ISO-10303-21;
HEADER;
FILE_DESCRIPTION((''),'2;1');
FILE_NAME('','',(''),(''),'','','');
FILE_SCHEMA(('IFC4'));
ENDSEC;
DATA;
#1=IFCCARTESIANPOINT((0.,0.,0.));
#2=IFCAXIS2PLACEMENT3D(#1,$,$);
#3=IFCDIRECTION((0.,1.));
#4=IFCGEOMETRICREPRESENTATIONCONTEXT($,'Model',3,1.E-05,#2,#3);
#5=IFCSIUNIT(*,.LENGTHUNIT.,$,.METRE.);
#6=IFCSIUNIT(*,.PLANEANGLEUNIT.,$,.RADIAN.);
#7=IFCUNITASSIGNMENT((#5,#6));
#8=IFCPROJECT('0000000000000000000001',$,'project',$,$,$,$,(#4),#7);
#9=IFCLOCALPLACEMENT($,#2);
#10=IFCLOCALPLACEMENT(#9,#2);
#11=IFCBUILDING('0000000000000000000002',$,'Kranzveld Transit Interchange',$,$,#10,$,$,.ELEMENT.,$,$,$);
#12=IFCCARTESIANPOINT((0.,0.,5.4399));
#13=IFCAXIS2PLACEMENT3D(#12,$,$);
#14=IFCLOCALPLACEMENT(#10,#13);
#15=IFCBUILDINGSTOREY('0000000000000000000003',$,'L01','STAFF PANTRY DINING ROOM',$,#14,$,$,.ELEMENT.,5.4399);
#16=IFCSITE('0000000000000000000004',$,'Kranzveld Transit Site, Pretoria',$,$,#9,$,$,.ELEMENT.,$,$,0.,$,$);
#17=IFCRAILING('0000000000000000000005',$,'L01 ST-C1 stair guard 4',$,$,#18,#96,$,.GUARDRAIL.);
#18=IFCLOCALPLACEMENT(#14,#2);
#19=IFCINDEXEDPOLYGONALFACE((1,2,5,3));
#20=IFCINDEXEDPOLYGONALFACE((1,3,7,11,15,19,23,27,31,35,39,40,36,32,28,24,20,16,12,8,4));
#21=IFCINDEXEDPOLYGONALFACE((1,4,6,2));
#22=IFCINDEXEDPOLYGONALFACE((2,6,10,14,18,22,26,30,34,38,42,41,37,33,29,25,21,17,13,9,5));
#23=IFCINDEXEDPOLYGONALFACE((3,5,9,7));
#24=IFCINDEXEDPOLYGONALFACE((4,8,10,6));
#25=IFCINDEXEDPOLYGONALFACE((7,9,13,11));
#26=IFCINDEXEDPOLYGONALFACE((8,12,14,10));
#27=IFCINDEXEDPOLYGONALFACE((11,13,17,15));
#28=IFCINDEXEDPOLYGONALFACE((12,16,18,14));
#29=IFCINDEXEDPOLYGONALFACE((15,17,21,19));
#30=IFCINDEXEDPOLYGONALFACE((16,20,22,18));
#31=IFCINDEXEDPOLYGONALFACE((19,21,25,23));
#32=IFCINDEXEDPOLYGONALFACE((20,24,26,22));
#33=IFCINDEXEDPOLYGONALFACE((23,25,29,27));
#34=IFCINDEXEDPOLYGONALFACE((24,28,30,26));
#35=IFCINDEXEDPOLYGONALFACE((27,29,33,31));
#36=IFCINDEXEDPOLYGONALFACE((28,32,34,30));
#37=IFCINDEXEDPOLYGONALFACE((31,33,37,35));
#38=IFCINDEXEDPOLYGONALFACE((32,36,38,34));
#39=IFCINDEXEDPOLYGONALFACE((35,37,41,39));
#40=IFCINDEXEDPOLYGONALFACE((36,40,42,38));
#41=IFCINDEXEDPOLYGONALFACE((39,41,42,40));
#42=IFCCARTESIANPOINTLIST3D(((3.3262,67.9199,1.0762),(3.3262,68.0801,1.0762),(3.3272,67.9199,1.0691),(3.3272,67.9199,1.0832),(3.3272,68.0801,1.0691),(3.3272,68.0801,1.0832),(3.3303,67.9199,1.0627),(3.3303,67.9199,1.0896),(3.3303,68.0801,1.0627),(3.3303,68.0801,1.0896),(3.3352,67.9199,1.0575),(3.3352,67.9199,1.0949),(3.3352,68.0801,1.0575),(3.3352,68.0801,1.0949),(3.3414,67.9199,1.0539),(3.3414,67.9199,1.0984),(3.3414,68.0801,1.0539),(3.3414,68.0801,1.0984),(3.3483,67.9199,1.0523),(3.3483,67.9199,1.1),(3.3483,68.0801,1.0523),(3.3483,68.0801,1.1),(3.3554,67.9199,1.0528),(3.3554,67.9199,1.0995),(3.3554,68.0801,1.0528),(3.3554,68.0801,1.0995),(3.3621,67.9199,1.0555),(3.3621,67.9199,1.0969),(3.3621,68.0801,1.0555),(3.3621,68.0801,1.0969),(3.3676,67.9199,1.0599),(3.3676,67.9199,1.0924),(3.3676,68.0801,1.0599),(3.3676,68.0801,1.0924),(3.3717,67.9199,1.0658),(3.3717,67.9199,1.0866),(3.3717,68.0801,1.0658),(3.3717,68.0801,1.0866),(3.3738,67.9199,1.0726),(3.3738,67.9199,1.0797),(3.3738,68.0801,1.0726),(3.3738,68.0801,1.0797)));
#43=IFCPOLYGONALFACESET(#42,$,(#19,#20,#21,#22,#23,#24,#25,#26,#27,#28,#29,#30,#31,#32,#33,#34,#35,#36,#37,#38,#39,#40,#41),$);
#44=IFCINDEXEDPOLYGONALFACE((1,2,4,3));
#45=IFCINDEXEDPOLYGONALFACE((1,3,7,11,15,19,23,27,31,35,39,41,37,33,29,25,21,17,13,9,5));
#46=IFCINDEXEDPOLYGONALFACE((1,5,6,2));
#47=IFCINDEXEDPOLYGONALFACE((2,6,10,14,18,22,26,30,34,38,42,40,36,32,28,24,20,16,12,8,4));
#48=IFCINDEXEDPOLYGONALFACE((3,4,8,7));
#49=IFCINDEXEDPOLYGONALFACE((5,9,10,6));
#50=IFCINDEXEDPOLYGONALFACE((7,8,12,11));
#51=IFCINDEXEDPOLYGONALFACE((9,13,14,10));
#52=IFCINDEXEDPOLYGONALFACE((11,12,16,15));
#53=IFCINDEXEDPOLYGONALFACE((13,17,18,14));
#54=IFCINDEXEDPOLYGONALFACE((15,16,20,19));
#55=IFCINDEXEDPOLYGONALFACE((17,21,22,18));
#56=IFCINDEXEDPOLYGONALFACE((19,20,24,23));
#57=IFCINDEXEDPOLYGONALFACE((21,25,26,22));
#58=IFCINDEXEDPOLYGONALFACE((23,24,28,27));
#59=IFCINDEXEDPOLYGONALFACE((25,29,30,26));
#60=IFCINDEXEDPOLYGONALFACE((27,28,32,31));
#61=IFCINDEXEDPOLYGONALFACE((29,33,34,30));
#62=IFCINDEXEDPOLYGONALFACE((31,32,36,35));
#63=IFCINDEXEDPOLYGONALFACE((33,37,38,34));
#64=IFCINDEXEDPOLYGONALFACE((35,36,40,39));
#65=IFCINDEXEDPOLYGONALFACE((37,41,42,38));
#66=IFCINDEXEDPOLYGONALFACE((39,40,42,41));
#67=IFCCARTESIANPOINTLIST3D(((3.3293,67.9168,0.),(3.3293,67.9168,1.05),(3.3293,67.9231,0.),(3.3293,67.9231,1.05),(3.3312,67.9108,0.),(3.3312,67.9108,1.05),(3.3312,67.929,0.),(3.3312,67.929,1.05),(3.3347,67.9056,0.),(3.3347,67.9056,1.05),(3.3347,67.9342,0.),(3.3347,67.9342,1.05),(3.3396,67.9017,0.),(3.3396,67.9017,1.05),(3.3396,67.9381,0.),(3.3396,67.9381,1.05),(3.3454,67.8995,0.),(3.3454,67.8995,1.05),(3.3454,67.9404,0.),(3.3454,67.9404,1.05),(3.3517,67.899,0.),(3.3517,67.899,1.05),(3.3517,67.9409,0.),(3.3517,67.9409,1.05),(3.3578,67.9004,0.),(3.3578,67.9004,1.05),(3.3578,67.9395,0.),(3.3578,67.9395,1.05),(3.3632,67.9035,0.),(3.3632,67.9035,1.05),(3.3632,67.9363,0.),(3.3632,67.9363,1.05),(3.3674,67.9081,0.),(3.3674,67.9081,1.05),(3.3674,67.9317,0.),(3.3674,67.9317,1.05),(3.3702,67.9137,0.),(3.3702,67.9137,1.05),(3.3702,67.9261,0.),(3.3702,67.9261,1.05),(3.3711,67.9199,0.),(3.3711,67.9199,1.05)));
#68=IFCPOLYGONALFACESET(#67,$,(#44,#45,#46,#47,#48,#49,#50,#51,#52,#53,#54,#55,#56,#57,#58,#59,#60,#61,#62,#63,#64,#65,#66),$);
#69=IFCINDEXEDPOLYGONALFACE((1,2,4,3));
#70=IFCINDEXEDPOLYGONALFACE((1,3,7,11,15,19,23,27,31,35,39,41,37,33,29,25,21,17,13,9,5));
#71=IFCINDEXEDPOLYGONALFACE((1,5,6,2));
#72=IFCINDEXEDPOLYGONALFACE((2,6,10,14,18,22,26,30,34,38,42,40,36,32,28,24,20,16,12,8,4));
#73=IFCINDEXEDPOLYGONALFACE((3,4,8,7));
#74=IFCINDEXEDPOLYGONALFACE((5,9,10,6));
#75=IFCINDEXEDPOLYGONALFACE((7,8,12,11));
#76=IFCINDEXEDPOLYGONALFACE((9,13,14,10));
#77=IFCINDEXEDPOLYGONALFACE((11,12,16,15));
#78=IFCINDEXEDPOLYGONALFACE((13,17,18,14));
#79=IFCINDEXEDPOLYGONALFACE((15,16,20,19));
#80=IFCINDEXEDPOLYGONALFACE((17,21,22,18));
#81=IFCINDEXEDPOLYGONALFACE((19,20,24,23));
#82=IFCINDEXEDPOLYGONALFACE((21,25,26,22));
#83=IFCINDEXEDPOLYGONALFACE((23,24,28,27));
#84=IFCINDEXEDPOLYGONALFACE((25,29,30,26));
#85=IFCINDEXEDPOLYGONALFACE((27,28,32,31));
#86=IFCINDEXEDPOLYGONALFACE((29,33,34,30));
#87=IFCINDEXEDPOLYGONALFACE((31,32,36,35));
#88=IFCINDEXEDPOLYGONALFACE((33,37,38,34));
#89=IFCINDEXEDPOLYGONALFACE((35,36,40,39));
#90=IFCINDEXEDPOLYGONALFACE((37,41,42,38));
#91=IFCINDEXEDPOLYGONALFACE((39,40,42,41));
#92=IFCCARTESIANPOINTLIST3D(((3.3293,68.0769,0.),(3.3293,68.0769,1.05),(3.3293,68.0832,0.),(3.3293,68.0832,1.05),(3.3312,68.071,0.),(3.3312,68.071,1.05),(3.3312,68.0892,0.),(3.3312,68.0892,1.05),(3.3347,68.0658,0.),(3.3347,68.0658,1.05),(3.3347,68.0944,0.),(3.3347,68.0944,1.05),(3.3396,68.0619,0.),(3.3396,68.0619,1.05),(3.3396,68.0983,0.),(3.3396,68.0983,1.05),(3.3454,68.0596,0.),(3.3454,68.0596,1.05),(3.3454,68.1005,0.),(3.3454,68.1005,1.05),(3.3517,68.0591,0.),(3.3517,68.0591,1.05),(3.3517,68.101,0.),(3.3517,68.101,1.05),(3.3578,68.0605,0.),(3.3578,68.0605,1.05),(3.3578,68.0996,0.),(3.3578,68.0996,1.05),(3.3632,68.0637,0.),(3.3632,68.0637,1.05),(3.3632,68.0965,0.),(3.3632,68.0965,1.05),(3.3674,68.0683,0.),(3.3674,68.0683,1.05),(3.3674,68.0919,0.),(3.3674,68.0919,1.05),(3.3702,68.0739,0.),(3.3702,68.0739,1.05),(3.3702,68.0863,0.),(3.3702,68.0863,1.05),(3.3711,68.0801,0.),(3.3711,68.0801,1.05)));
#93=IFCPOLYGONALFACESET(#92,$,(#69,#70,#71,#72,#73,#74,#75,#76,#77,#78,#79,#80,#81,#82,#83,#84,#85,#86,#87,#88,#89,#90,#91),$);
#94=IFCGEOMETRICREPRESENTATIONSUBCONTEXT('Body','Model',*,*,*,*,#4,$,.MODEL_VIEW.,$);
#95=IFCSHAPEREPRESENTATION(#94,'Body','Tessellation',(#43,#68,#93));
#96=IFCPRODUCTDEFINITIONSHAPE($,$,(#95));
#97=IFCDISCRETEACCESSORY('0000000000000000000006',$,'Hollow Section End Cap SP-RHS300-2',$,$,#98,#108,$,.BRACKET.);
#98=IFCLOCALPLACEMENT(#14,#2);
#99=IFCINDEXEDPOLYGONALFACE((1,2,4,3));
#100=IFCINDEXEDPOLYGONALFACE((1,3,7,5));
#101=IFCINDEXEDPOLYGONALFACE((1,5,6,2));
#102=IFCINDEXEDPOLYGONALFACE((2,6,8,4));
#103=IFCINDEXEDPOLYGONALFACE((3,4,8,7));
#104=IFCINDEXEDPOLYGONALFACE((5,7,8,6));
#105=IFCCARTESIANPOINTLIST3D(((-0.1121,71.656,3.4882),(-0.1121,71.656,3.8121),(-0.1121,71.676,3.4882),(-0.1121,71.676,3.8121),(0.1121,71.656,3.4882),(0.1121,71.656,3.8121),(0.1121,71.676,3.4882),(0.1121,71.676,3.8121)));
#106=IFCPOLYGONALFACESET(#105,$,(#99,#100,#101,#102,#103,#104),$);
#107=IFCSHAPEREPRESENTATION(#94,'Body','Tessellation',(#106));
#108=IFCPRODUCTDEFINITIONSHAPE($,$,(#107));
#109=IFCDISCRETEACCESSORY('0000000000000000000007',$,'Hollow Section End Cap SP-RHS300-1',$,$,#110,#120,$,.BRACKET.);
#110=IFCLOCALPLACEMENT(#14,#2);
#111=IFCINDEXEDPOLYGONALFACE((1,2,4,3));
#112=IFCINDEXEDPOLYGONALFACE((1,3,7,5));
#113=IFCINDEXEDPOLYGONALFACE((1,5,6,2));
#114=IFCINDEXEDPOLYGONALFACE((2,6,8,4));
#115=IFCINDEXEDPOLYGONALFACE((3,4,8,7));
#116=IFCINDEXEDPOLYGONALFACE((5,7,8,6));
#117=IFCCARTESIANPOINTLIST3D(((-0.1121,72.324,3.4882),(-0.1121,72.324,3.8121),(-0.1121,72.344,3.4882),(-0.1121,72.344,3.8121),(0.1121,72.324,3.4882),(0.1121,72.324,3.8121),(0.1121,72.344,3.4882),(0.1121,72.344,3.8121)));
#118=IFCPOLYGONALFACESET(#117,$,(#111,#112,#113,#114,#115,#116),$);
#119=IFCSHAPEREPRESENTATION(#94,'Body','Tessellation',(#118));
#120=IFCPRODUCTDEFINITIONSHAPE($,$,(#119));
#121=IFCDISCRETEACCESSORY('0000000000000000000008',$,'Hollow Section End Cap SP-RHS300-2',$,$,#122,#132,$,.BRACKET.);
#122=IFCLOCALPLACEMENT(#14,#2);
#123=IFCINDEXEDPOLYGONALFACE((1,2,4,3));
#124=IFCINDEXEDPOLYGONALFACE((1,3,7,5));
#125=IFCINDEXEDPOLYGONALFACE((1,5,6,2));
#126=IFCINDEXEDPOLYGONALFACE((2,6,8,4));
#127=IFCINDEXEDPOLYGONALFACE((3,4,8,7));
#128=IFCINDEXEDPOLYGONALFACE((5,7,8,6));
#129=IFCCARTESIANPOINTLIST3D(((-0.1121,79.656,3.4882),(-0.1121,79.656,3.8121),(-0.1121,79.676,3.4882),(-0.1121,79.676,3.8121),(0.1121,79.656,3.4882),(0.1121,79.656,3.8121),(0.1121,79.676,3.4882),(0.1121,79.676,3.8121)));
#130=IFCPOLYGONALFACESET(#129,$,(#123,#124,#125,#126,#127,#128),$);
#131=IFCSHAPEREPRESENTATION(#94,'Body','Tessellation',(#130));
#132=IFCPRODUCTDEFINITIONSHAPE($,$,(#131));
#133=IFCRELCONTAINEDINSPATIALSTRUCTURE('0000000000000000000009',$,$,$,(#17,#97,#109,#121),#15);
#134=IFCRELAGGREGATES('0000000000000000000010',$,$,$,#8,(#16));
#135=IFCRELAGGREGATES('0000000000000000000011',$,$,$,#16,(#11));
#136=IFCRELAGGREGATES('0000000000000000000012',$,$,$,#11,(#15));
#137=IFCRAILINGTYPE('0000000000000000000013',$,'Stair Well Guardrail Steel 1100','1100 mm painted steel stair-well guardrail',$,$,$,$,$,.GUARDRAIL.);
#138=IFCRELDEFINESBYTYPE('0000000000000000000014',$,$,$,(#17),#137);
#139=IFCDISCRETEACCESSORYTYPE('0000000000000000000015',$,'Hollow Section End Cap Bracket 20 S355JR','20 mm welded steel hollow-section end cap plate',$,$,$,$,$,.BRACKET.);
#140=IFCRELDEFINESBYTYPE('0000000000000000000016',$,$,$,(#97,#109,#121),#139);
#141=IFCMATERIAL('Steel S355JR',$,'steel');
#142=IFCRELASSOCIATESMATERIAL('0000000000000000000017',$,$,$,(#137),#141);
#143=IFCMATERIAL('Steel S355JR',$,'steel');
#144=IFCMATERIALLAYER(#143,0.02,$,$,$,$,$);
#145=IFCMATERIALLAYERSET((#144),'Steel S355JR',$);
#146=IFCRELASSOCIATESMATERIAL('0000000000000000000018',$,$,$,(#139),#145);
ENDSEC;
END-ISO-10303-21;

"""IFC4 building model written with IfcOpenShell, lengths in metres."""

from ifc_helpers import new_model, si_unit, direction, frame, origin, origin_2d, place, context, subcontext, project, spatial, rectangle, circle, extrude, material, layer, layer_set, type_object, element, save


model = new_model("IFC4")

# Units and contexts
model_context = context("Model", 3, precision=1e-05, world=origin(), true_north=direction((0.0, 1.0)))
body_context = subcontext(model_context, "Body", "Model", "MODEL_VIEW")
ifc_project = project(units=[si_unit("LENGTHUNIT", "METRE"), si_unit("PLANEANGLEUNIT", "RADIAN")], contexts=[model_context])

# Site, building, storey
site_placement = place(None, origin())
site = spatial("IfcSite", under=ifc_project, at=site_placement, Name="Kranzveld Transit Site, Pretoria", CompositionType="ELEMENT", RefElevation=0.0)
building_placement = place(site_placement, origin())
building = spatial("IfcBuilding", under=site, at=building_placement, Name="Kranzveld Transit Interchange", CompositionType="ELEMENT")
storey_placement = place(building_placement, frame((0.0, 0.0, 5.4399)))
storey = spatial("IfcBuildingStorey", under=building, at=storey_placement, Name="L01", Description="STAFF PANTRY DINING ROOM", CompositionType="ELEMENT", Elevation=5.4399)

# Railing
ifc_material_1 = material(Name="Steel S355JR", Category="steel")
railing_type_1 = type_object("IfcRailingType", Name="Stair Well Guardrail Steel 1100", Description="1100 mm painted steel stair-well guardrail", PredefinedType="GUARDRAIL", material=ifc_material_1)
railing_1_placement = place(storey_placement, frame((3.3501, 67.9199, 0.0)))
element("IfcRailing", 1, at=railing_1_placement, inside=storey, type_object=railing_type_1, Name="L01 ST-C1 stair guard 4", PredefinedType="GUARDRAIL", context=body_context, shape_type="SweptSolid", body=[
    extrude(circle(Radius=0.0239, at=origin_2d()), frame((0.0, 0.0, 1.0762), z_axis=(0.0, 1.0, 0.0), x_axis=(-1.0, 0.0, 0.0)), (0.0, 0.0, 1.0), 0.1602),
    extrude(circle(Radius=0.021, at=origin_2d()), origin(), (0.0, 0.0, 1.0), 1.05),
    extrude(circle(Radius=0.021, at=origin_2d()), frame((0.0, 0.1602, 0.0)), (0.0, 0.0, 1.0), 1.05),
])

# Discrete accessories
ifc_material_2 = material(Name="Steel S355JR", Category="steel")
ifc_layer_1 = layer(ifc_material_2, 0.02)
ifc_layer_set_1 = layer_set([ifc_layer_1], Name="Steel S355JR")
discrete_accessory_type = type_object("IfcDiscreteAccessoryType", Name="Hollow Section End Cap Bracket 20 S355JR", Description="20 mm welded steel hollow-section end cap plate", PredefinedType="BRACKET", material=ifc_layer_set_1)
for number, where, z_axis, x_axis, name in (
    (2, (0.0, 71.656, 3.6501), (0.0, 1.0, 0.0), (-1.0, 0.0, 0.0), "Hollow Section End Cap SP-RHS300-2"),
    (3, (0.0, 72.344, 3.6501), (0.0, -1.0, 0.0), (1.0, 0.0, 0.0), "Hollow Section End Cap SP-RHS300-1"),
    (4, (0.0, 79.656, 3.6501), (0.0, 1.0, 0.0), (-1.0, 0.0, 0.0), "Hollow Section End Cap SP-RHS300-2"),
):
    element("IfcDiscreteAccessory", number, at=place(storey_placement, frame(where, z_axis=z_axis, x_axis=x_axis)), inside=storey, type_object=discrete_accessory_type, Name=name, PredefinedType="BRACKET", context=body_context, shape_type="SweptSolid", body=[
        extrude(rectangle(XDim=0.2241, YDim=0.324, at=origin_2d()), origin(), (0.0, 0.0, 1.0), 0.02),
    ])

save(model, "model.ifc")
